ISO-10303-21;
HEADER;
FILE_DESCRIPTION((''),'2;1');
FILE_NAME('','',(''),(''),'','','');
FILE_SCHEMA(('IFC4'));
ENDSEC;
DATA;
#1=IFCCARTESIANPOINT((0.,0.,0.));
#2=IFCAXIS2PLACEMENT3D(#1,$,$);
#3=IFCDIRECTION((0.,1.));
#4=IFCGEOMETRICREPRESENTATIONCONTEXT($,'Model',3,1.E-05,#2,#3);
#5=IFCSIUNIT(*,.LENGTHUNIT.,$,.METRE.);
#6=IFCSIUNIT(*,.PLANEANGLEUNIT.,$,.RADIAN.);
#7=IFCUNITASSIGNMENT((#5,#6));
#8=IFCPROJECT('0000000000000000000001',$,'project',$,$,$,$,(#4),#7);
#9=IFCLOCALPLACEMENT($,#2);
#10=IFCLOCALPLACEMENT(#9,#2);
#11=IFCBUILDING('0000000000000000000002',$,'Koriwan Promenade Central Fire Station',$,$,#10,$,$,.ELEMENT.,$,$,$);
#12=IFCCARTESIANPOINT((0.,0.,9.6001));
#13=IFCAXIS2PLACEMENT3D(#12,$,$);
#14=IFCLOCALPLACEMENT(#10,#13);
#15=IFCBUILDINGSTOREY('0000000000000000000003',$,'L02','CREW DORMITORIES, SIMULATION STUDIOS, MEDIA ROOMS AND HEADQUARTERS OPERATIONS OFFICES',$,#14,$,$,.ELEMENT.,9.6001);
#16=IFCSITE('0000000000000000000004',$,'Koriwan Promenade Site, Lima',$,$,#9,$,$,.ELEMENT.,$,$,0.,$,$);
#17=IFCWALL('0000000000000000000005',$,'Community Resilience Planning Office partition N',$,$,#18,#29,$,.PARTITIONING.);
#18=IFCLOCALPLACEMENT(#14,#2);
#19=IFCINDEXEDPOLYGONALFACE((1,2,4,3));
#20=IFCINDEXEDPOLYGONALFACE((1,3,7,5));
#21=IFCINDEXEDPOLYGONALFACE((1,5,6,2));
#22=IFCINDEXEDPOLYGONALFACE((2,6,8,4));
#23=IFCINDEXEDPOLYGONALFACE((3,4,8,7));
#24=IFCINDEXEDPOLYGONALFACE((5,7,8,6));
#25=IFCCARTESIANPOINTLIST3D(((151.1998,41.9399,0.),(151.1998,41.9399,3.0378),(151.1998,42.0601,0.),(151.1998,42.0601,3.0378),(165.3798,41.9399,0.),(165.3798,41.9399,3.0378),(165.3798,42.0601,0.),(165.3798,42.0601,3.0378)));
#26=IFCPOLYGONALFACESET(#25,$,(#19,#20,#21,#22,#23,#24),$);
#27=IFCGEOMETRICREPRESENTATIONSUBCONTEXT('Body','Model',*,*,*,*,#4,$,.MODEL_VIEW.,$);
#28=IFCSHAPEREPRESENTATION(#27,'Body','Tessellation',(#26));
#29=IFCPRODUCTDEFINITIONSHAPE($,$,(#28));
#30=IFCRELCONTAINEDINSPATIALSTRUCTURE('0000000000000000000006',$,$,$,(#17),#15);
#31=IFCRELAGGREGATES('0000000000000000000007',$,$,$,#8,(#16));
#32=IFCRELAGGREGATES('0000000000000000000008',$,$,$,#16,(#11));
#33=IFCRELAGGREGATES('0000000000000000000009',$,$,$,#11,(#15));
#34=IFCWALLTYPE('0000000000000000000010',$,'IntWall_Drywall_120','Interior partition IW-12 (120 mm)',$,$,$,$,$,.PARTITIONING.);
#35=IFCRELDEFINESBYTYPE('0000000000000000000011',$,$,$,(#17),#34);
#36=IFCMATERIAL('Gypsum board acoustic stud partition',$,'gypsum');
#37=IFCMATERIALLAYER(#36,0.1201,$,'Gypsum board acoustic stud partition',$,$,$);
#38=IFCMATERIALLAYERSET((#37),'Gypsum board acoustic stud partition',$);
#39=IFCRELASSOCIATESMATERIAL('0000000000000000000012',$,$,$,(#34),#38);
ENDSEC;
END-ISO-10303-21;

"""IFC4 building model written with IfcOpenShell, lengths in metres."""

from ifc_helpers import new_model, si_unit, direction, frame, frame_2d, origin, place, context, subcontext, project, spatial, rectangle, extrude, material, layer, layer_set, type_object, element, save


model = new_model("IFC4")

# Units and contexts
model_context = context("Model", 3, precision=1e-05, world=origin(), true_north=direction((0.0, 1.0)))
body_context = subcontext(model_context, "Body", "Model", "MODEL_VIEW")
ifc_project = project(units=[si_unit("LENGTHUNIT", "METRE"), si_unit("PLANEANGLEUNIT", "RADIAN")], contexts=[model_context])

# Site, building, storey
site_placement = place(None, origin())
site = spatial("IfcSite", under=ifc_project, at=site_placement, Name="Koriwan Promenade Site, Lima", CompositionType="ELEMENT", RefElevation=0.0)
building_placement = place(site_placement, origin())
building = spatial("IfcBuilding", under=site, at=building_placement, Name="Koriwan Promenade Central Fire Station", CompositionType="ELEMENT")
storey_placement = place(building_placement, frame((0.0, 0.0, 9.6001)))
storey = spatial("IfcBuildingStorey", under=building, at=storey_placement, Name="L02", Description="CREW DORMITORIES, SIMULATION STUDIOS, MEDIA ROOMS AND HEADQUARTERS OPERATIONS OFFICES", CompositionType="ELEMENT", Elevation=9.6001)

# Wall
ifc_material_1 = material(Name="Gypsum board acoustic stud partition", Category="gypsum")
ifc_layer_1 = layer(ifc_material_1, 0.1201, Name="Gypsum board acoustic stud partition")
ifc_layer_set_1 = layer_set([ifc_layer_1], Name="Gypsum board acoustic stud partition")
wall_type_1 = type_object("IfcWallType", Name="IntWall_Drywall_120", Description="Interior partition IW-12 (120 mm)", PredefinedType="PARTITIONING", material=ifc_layer_set_1)
wall_1_placement = place(storey_placement, frame((151.2, 42.0, 0.0), z_axis=(0.0, 0.0, 1.0), x_axis=(1.0, 0.0, 0.0)))
element("IfcWall", 1, at=wall_1_placement, inside=storey, type_object=wall_type_1, Name="Community Resilience Planning Office partition N", PredefinedType="PARTITIONING", context=body_context, shape_type="SweptSolid", body=[
    extrude(rectangle(XDim=14.1799, YDim=0.1201, at=frame_2d((7.0898, 0.0))), origin(), (0.0, 0.0, 1.0), 3.0378),
])

save(model, "model.ifc")
